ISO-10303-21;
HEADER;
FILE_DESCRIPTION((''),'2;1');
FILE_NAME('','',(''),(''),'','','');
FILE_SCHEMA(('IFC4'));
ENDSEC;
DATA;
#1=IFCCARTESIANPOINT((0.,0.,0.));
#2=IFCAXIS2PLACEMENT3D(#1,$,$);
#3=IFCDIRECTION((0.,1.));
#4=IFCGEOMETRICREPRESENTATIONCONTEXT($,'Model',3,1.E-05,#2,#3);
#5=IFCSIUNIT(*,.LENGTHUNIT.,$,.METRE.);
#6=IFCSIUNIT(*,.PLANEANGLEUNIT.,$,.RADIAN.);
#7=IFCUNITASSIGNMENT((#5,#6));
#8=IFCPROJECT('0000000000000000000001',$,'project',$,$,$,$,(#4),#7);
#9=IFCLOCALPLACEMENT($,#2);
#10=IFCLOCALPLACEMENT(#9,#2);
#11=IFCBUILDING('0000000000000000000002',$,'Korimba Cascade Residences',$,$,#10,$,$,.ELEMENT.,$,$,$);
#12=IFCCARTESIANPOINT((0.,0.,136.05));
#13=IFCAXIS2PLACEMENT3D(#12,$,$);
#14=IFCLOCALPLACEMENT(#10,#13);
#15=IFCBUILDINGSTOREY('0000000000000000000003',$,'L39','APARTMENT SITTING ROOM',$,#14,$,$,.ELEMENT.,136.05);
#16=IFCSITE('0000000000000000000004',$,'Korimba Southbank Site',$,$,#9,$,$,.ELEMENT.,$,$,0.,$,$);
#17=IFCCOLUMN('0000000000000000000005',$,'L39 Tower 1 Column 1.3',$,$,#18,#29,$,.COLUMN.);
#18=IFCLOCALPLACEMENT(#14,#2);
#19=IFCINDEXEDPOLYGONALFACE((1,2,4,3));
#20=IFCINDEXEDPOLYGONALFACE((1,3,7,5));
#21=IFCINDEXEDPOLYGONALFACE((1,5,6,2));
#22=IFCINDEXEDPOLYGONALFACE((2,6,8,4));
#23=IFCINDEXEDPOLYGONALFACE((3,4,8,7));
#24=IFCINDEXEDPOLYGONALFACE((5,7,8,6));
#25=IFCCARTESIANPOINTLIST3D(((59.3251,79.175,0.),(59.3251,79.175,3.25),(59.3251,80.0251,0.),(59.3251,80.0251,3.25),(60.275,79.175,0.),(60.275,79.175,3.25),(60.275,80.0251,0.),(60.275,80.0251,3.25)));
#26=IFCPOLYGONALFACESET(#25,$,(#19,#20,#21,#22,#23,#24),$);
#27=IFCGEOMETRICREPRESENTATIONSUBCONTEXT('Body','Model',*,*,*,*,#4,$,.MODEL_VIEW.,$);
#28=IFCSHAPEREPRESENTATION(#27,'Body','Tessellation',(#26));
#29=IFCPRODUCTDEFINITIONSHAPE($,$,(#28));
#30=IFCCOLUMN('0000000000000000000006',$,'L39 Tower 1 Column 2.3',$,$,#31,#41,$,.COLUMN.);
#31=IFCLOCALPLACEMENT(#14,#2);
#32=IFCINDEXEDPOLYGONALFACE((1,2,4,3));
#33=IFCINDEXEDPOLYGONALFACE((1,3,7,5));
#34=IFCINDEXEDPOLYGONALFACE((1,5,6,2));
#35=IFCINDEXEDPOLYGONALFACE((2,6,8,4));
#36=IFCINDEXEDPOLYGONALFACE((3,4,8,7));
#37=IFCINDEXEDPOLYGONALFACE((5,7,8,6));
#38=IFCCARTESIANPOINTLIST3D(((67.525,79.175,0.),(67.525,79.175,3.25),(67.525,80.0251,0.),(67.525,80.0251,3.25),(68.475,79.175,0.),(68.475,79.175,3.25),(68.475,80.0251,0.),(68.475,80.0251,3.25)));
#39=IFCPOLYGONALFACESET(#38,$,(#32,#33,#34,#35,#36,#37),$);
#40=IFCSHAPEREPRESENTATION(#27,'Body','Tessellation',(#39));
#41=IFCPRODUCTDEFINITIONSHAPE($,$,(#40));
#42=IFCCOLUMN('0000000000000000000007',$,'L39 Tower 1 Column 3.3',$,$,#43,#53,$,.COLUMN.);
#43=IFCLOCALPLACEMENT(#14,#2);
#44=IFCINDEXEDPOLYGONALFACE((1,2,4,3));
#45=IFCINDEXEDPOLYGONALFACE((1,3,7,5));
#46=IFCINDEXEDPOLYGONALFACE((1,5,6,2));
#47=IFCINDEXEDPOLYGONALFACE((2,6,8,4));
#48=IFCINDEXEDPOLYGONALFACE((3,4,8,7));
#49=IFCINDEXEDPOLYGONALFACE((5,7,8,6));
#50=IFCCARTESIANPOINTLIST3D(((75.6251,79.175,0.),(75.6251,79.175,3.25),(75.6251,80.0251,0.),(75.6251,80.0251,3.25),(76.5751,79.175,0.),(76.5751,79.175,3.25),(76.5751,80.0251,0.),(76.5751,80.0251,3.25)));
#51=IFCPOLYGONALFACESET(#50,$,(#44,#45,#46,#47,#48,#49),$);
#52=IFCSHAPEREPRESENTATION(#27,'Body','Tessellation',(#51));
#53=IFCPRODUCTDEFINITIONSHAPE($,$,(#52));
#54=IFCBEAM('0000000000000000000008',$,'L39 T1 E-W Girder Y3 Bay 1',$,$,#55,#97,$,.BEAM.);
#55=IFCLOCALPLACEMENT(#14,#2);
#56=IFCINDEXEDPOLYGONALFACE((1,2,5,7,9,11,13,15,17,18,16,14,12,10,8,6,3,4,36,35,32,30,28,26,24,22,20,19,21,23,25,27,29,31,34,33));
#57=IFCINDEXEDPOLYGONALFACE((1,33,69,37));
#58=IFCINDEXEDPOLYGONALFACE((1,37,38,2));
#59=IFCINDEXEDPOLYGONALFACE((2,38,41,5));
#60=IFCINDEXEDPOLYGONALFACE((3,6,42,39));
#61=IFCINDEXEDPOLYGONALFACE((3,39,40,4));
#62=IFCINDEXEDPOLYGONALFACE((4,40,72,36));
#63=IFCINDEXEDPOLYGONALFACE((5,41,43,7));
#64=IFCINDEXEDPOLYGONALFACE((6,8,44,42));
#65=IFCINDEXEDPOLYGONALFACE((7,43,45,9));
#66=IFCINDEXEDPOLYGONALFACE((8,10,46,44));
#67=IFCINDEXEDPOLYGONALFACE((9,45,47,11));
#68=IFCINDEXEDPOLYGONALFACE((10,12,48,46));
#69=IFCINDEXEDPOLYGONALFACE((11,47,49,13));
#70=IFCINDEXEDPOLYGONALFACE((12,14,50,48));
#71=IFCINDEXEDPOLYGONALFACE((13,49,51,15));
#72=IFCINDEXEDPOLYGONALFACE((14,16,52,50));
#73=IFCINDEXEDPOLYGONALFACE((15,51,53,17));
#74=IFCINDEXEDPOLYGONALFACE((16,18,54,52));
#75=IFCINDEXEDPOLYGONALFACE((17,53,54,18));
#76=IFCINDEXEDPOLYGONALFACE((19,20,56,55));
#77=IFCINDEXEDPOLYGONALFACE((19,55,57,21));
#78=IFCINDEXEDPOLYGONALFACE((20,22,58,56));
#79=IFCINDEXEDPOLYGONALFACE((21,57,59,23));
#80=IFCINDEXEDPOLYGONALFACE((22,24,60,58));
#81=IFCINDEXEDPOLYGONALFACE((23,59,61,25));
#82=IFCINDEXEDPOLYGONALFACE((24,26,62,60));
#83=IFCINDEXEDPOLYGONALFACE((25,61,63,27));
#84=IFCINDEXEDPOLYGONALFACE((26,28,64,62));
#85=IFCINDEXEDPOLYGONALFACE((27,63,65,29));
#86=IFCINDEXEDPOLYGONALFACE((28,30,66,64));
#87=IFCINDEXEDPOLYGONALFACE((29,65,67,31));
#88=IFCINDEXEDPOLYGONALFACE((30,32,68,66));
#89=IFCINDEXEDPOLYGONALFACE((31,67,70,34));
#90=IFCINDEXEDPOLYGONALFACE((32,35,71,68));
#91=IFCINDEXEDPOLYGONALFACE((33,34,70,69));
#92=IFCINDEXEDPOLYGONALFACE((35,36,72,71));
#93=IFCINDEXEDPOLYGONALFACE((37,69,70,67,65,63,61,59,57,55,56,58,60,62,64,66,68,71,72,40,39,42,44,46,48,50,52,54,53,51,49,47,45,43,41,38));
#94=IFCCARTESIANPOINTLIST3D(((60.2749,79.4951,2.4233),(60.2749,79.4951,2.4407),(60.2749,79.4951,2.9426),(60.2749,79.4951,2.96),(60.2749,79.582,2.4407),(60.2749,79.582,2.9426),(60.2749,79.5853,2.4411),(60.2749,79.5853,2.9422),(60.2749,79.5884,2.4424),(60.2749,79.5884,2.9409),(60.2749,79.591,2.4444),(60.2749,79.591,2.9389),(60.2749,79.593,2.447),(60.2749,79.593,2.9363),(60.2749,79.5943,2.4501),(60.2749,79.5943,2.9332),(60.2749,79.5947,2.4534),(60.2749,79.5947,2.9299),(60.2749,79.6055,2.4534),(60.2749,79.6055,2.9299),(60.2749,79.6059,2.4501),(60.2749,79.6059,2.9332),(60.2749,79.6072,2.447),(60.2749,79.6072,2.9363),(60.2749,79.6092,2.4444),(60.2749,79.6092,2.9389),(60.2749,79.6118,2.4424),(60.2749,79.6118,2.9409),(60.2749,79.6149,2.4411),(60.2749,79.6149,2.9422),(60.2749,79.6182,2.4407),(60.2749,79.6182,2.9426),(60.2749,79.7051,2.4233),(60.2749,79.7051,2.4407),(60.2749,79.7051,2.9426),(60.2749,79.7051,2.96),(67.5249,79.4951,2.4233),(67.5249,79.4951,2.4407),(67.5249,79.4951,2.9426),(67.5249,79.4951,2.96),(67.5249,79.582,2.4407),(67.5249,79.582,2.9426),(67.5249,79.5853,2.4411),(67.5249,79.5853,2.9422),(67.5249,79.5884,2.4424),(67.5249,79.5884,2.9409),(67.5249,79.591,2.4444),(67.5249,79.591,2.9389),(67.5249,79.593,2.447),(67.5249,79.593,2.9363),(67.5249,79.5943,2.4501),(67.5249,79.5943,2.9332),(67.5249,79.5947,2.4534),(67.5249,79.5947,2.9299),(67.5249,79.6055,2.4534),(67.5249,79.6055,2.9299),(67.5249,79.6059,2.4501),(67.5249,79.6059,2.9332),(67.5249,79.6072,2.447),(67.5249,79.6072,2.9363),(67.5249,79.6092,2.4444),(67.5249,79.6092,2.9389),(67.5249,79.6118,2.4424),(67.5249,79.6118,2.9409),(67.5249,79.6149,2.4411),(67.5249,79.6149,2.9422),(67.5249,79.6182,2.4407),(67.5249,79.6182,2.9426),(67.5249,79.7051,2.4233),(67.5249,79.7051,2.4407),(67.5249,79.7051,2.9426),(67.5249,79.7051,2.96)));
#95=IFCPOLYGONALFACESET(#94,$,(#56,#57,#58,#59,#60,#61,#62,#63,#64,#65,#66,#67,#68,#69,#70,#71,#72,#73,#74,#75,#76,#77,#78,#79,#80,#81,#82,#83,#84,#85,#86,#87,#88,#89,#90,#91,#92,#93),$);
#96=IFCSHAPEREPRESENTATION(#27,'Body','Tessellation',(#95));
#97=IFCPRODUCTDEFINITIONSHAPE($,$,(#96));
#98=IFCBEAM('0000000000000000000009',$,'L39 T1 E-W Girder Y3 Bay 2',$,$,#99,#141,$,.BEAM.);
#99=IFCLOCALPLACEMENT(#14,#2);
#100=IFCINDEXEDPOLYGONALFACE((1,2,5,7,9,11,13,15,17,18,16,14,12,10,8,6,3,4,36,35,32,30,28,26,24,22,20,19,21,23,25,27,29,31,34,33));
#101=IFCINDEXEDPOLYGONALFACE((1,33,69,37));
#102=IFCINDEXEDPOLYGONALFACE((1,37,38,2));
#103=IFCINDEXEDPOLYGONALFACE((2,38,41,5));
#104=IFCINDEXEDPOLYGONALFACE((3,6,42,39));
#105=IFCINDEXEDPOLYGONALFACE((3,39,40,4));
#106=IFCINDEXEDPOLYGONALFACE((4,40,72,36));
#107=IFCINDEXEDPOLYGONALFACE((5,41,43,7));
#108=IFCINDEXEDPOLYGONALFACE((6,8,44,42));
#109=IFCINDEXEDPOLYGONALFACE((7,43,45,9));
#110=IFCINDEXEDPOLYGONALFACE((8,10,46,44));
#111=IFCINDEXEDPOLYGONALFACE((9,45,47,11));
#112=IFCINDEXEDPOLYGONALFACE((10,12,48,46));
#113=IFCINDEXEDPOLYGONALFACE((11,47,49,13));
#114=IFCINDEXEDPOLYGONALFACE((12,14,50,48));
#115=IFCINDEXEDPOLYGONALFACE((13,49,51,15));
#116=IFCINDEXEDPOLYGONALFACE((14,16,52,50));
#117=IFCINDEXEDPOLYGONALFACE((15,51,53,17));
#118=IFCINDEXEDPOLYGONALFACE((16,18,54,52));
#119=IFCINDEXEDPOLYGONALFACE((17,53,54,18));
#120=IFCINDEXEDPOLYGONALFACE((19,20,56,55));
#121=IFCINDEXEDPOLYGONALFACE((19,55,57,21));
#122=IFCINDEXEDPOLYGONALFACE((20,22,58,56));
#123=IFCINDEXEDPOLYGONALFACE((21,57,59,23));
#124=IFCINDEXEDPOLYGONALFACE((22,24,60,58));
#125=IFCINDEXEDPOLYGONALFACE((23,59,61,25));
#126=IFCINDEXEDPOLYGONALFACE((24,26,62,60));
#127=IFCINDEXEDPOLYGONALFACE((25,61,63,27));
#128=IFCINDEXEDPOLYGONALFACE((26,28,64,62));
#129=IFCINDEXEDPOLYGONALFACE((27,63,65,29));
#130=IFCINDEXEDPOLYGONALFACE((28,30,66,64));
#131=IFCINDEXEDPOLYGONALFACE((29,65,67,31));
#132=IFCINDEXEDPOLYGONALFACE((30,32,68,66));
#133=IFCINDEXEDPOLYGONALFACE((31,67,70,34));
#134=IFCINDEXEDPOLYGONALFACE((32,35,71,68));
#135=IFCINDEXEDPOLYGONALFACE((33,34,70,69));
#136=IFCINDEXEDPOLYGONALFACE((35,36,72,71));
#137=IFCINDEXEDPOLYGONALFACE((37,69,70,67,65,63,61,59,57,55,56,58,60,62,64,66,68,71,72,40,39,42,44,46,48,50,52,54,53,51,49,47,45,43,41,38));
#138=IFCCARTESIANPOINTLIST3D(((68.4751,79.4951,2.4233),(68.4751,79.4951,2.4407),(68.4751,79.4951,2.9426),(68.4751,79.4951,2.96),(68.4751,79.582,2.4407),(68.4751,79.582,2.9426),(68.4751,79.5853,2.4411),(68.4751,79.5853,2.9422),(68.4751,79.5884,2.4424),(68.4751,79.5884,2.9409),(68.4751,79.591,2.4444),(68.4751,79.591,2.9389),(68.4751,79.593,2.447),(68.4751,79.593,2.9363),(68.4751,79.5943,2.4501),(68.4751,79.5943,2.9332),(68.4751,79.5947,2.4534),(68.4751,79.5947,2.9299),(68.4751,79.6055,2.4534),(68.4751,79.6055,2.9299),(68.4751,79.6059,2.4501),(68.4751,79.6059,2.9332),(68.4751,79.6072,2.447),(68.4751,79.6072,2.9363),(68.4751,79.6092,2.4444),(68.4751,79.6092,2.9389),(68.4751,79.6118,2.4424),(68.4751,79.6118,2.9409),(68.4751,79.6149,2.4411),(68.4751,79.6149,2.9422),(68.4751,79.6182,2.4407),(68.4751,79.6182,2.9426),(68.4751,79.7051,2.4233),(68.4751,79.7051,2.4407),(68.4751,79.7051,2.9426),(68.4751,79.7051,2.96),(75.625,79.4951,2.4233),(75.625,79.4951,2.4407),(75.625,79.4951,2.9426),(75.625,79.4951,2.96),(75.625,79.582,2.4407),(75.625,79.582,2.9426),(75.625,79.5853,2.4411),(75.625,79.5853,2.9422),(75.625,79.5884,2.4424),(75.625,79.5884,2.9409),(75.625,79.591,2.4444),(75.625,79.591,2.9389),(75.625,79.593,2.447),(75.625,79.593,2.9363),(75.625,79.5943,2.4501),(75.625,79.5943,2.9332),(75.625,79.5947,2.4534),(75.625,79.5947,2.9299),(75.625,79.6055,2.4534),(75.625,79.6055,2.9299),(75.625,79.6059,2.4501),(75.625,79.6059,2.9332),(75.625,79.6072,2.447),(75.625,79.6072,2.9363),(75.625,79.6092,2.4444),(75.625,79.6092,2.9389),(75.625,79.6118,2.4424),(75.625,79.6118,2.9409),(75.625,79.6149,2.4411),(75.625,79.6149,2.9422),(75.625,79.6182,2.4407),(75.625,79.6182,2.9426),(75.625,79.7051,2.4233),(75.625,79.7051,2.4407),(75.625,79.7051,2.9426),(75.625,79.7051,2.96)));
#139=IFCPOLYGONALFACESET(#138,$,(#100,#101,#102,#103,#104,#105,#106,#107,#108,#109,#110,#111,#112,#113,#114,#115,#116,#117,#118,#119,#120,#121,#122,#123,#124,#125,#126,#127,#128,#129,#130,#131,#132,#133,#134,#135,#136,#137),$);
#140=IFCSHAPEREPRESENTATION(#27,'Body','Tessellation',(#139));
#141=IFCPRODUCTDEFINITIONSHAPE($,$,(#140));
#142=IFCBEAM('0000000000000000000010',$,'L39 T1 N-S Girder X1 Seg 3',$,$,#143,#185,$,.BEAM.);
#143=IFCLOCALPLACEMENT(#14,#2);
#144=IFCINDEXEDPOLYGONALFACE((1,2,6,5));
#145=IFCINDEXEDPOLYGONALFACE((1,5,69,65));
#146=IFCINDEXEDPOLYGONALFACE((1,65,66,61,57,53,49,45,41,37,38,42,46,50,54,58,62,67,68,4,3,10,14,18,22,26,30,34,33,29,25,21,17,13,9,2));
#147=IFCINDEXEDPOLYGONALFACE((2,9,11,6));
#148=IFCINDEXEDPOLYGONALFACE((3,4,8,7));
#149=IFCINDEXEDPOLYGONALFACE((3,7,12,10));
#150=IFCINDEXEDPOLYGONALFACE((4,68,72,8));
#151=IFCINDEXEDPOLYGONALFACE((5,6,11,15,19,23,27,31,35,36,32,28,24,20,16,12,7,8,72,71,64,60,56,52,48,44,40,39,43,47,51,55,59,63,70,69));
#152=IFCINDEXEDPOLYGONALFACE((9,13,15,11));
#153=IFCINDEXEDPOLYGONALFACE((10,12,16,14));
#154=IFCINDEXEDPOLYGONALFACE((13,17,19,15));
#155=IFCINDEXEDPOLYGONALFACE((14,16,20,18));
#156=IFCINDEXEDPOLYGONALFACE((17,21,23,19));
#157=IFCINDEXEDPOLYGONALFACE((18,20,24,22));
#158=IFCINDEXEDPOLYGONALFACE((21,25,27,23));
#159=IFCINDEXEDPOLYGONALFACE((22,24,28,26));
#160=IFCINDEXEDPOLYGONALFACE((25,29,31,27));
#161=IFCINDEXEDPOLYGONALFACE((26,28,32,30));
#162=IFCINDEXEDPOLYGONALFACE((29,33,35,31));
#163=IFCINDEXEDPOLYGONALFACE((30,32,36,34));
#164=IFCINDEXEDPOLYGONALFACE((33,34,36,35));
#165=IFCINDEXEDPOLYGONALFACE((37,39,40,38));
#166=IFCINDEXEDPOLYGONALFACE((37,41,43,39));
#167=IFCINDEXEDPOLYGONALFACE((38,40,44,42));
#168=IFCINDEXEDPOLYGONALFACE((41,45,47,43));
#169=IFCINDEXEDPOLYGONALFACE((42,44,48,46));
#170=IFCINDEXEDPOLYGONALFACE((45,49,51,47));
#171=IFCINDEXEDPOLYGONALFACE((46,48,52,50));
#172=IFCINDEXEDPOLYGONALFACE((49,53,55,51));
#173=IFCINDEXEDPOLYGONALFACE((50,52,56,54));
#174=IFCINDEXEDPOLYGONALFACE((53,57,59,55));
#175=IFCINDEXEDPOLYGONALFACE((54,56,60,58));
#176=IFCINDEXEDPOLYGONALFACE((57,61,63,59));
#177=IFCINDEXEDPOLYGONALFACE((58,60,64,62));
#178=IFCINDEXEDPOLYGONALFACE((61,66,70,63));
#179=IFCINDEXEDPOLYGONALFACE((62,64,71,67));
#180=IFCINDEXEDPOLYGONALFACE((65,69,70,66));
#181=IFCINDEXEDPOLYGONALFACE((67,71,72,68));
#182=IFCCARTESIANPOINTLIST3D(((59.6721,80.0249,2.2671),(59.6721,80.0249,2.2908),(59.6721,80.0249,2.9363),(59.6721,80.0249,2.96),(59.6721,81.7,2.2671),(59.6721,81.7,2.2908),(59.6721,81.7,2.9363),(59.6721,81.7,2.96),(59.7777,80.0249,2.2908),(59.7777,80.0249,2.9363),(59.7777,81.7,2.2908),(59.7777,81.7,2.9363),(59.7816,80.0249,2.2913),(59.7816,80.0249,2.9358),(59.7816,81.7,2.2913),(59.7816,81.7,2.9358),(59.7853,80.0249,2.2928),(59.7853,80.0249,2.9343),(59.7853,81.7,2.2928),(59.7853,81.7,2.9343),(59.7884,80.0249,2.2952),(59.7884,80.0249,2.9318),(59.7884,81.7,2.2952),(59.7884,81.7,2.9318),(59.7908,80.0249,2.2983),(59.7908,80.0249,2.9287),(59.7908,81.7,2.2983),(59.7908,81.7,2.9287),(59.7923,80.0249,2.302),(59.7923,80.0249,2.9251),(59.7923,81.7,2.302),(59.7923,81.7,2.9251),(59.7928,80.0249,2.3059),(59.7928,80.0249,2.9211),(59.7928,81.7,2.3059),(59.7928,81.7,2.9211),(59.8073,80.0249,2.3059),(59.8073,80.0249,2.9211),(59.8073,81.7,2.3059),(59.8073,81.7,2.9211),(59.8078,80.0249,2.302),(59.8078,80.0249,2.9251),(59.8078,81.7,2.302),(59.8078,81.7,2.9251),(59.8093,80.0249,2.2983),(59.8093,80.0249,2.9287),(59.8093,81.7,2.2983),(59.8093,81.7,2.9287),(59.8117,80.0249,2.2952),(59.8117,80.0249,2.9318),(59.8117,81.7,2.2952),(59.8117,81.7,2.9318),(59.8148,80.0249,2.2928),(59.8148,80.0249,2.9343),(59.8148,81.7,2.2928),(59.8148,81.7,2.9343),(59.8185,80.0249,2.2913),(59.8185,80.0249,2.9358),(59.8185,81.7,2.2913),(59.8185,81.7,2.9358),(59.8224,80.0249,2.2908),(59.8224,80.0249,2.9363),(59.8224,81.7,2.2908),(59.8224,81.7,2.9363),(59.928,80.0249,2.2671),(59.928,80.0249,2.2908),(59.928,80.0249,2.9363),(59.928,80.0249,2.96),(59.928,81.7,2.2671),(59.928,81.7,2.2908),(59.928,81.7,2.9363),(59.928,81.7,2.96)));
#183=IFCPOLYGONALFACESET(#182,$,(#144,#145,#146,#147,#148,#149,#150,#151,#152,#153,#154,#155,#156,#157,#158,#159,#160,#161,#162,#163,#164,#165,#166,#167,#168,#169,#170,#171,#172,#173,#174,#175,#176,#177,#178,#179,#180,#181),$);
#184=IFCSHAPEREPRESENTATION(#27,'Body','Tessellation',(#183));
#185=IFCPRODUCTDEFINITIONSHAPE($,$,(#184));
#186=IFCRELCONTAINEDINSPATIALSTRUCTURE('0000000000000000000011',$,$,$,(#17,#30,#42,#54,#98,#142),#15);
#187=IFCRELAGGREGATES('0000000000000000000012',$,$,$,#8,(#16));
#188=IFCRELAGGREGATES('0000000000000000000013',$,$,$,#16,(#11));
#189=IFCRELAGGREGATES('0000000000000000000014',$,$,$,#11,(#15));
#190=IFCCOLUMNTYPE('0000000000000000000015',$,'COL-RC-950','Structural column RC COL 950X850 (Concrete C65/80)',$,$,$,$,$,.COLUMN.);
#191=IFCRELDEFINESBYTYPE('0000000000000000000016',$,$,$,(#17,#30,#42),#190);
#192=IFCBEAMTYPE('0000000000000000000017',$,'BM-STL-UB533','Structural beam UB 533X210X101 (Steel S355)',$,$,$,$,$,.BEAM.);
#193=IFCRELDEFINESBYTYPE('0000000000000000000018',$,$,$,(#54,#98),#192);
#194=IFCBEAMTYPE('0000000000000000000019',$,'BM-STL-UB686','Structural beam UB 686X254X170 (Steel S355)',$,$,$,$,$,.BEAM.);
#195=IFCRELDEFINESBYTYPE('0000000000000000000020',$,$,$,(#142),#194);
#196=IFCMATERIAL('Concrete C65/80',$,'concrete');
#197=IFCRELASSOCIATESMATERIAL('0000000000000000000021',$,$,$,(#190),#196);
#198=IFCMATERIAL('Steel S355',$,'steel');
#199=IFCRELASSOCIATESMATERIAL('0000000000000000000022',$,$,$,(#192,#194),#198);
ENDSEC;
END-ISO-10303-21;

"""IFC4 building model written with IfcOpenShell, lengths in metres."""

from ifc_helpers import new_model, si_unit, direction, frame, origin, origin_2d, place, context, subcontext, project, spatial, rectangle, i_section, extrude, material, material_profile, profile_set, type_object, element, save


model = new_model("IFC4")

# Units and contexts
model_context = context("Model", 3, precision=1e-05, world=origin(), true_north=direction((0.0, 1.0)))
body_context = subcontext(model_context, "Body", "Model", "MODEL_VIEW")
ifc_project = project(units=[si_unit("LENGTHUNIT", "METRE"), si_unit("PLANEANGLEUNIT", "RADIAN")], contexts=[model_context])

# Site, building, storey
site_placement = place(None, origin())
site = spatial("IfcSite", under=ifc_project, at=site_placement, Name="Korimba Southbank Site", CompositionType="ELEMENT", RefElevation=0.0)
building_placement = place(site_placement, origin())
building = spatial("IfcBuilding", under=site, at=building_placement, Name="Korimba Cascade Residences", CompositionType="ELEMENT")
storey_placement = place(building_placement, frame((0.0, 0.0, 136.05)))
storey = spatial("IfcBuildingStorey", under=building, at=storey_placement, Name="L39", Description="APARTMENT SITTING ROOM", CompositionType="ELEMENT", Elevation=136.05)

# Columns
ifc_material_1 = material(Name="Concrete C65/80", Category="concrete")
ifc_material_profile_1 = material_profile(ifc_material_1, rectangle(XDim=0.95, YDim=0.8501, at=origin_2d()), Name="Concrete C65/80")
ifc_profile_set_1 = profile_set([ifc_material_profile_1], Name="Concrete C65/80")
column_type = type_object("IfcColumnType", Name="COL-RC-950", Description="Structural column RC COL 950X850 (Concrete C65/80)", PredefinedType="COLUMN", material=ifc_profile_set_1)
for number, where, z_axis, x_axis, name in (
    (1, (59.8, 79.6001, 0.0), (0.0, 0.0, 1.0), (1.0, 0.0, 0.0), "L39 Tower 1 Column 1.3"),
    (2, (68.0, 79.6001, 0.0), (0.0, 0.0, 1.0), (1.0, 0.0, 0.0), "L39 Tower 1 Column 2.3"),
    (3, (76.1001, 79.6001, 0.0), (0.0, 0.0, 1.0), (1.0, 0.0, 0.0), "L39 Tower 1 Column 3.3"),
):
    element("IfcColumn", number, at=place(storey_placement, frame(where, z_axis=z_axis, x_axis=x_axis)), inside=storey, type_object=column_type, Name=name, PredefinedType="COLUMN", context=body_context, shape_type="SweptSolid", body=[
        extrude(rectangle(XDim=0.95, YDim=0.8501, at=origin_2d()), origin(), (0.0, 0.0, 1.0), 3.25),
    ])

# Beams
ifc_material_2 = material(Name="Steel S355", Category="steel")
ifc_material_profile_2 = material_profile(ifc_material_2, i_section(OverallWidth=0.21, OverallDepth=0.5366, WebThickness=0.0107, FlangeThickness=0.0173, FilletRadius=0.0127, at=origin_2d()), Name="Steel S355")
ifc_profile_set_2 = profile_set([ifc_material_profile_2], Name="Steel S355")
beam_type_1 = type_object("IfcBeamType", Name="BM-STL-UB533", Description="Structural beam UB 533X210X101 (Steel S355)", PredefinedType="BEAM", material=ifc_profile_set_2)
beam_1_placement = place(storey_placement, frame((60.2749, 79.6001, 2.6917), z_axis=(1.0, 0.0, 0.0), x_axis=(0.0, 1.0, 0.0)))
element("IfcBeam", 4, at=beam_1_placement, inside=storey, type_object=beam_type_1, Name="L39 T1 E-W Girder Y3 Bay 1", PredefinedType="BEAM", context=body_context, shape_type="SweptSolid", body=[
    extrude(i_section(OverallWidth=0.21, OverallDepth=0.5366, WebThickness=0.0107, FlangeThickness=0.0173, FilletRadius=0.0127, at=origin_2d()), origin(), (0.0, 0.0, 1.0), 7.25),
])
beam_2_placement = place(storey_placement, frame((68.4751, 79.6001, 2.6917), z_axis=(1.0, 0.0, 0.0), x_axis=(0.0, 1.0, 0.0)))
element("IfcBeam", 5, at=beam_2_placement, inside=storey, type_object=beam_type_1, Name="L39 T1 E-W Girder Y3 Bay 2", PredefinedType="BEAM", context=body_context, shape_type="SweptSolid", body=[
    extrude(i_section(OverallWidth=0.21, OverallDepth=0.5366, WebThickness=0.0107, FlangeThickness=0.0173, FilletRadius=0.0127, at=origin_2d()), origin(), (0.0, 0.0, 1.0), 7.1499),
])
ifc_material_profile_3 = material_profile(ifc_material_2, i_section(OverallWidth=0.2559, OverallDepth=0.6929, WebThickness=0.0144, FlangeThickness=0.0237, FilletRadius=0.0151, at=origin_2d()), Name="Steel S355")
ifc_profile_set_3 = profile_set([ifc_material_profile_3], Name="Steel S355")
beam_type_2 = type_object("IfcBeamType", Name="BM-STL-UB686", Description="Structural beam UB 686X254X170 (Steel S355)", PredefinedType="BEAM", material=ifc_profile_set_3)
beam_3_placement = place(storey_placement, frame((59.8, 80.0249, 2.6135), z_axis=(0.0, 1.0, 0.0), x_axis=(-1.0, 0.0, 0.0)))
element("IfcBeam", 6, at=beam_3_placement, inside=storey, type_object=beam_type_2, Name="L39 T1 N-S Girder X1 Seg 3", PredefinedType="BEAM", context=body_context, shape_type="SweptSolid", body=[
    extrude(i_section(OverallWidth=0.2559, OverallDepth=0.6929, WebThickness=0.0144, FlangeThickness=0.0237, FilletRadius=0.0151, at=origin_2d()), origin(), (0.0, 0.0, 1.0), 1.675),
])

save(model, "model.ifc")
